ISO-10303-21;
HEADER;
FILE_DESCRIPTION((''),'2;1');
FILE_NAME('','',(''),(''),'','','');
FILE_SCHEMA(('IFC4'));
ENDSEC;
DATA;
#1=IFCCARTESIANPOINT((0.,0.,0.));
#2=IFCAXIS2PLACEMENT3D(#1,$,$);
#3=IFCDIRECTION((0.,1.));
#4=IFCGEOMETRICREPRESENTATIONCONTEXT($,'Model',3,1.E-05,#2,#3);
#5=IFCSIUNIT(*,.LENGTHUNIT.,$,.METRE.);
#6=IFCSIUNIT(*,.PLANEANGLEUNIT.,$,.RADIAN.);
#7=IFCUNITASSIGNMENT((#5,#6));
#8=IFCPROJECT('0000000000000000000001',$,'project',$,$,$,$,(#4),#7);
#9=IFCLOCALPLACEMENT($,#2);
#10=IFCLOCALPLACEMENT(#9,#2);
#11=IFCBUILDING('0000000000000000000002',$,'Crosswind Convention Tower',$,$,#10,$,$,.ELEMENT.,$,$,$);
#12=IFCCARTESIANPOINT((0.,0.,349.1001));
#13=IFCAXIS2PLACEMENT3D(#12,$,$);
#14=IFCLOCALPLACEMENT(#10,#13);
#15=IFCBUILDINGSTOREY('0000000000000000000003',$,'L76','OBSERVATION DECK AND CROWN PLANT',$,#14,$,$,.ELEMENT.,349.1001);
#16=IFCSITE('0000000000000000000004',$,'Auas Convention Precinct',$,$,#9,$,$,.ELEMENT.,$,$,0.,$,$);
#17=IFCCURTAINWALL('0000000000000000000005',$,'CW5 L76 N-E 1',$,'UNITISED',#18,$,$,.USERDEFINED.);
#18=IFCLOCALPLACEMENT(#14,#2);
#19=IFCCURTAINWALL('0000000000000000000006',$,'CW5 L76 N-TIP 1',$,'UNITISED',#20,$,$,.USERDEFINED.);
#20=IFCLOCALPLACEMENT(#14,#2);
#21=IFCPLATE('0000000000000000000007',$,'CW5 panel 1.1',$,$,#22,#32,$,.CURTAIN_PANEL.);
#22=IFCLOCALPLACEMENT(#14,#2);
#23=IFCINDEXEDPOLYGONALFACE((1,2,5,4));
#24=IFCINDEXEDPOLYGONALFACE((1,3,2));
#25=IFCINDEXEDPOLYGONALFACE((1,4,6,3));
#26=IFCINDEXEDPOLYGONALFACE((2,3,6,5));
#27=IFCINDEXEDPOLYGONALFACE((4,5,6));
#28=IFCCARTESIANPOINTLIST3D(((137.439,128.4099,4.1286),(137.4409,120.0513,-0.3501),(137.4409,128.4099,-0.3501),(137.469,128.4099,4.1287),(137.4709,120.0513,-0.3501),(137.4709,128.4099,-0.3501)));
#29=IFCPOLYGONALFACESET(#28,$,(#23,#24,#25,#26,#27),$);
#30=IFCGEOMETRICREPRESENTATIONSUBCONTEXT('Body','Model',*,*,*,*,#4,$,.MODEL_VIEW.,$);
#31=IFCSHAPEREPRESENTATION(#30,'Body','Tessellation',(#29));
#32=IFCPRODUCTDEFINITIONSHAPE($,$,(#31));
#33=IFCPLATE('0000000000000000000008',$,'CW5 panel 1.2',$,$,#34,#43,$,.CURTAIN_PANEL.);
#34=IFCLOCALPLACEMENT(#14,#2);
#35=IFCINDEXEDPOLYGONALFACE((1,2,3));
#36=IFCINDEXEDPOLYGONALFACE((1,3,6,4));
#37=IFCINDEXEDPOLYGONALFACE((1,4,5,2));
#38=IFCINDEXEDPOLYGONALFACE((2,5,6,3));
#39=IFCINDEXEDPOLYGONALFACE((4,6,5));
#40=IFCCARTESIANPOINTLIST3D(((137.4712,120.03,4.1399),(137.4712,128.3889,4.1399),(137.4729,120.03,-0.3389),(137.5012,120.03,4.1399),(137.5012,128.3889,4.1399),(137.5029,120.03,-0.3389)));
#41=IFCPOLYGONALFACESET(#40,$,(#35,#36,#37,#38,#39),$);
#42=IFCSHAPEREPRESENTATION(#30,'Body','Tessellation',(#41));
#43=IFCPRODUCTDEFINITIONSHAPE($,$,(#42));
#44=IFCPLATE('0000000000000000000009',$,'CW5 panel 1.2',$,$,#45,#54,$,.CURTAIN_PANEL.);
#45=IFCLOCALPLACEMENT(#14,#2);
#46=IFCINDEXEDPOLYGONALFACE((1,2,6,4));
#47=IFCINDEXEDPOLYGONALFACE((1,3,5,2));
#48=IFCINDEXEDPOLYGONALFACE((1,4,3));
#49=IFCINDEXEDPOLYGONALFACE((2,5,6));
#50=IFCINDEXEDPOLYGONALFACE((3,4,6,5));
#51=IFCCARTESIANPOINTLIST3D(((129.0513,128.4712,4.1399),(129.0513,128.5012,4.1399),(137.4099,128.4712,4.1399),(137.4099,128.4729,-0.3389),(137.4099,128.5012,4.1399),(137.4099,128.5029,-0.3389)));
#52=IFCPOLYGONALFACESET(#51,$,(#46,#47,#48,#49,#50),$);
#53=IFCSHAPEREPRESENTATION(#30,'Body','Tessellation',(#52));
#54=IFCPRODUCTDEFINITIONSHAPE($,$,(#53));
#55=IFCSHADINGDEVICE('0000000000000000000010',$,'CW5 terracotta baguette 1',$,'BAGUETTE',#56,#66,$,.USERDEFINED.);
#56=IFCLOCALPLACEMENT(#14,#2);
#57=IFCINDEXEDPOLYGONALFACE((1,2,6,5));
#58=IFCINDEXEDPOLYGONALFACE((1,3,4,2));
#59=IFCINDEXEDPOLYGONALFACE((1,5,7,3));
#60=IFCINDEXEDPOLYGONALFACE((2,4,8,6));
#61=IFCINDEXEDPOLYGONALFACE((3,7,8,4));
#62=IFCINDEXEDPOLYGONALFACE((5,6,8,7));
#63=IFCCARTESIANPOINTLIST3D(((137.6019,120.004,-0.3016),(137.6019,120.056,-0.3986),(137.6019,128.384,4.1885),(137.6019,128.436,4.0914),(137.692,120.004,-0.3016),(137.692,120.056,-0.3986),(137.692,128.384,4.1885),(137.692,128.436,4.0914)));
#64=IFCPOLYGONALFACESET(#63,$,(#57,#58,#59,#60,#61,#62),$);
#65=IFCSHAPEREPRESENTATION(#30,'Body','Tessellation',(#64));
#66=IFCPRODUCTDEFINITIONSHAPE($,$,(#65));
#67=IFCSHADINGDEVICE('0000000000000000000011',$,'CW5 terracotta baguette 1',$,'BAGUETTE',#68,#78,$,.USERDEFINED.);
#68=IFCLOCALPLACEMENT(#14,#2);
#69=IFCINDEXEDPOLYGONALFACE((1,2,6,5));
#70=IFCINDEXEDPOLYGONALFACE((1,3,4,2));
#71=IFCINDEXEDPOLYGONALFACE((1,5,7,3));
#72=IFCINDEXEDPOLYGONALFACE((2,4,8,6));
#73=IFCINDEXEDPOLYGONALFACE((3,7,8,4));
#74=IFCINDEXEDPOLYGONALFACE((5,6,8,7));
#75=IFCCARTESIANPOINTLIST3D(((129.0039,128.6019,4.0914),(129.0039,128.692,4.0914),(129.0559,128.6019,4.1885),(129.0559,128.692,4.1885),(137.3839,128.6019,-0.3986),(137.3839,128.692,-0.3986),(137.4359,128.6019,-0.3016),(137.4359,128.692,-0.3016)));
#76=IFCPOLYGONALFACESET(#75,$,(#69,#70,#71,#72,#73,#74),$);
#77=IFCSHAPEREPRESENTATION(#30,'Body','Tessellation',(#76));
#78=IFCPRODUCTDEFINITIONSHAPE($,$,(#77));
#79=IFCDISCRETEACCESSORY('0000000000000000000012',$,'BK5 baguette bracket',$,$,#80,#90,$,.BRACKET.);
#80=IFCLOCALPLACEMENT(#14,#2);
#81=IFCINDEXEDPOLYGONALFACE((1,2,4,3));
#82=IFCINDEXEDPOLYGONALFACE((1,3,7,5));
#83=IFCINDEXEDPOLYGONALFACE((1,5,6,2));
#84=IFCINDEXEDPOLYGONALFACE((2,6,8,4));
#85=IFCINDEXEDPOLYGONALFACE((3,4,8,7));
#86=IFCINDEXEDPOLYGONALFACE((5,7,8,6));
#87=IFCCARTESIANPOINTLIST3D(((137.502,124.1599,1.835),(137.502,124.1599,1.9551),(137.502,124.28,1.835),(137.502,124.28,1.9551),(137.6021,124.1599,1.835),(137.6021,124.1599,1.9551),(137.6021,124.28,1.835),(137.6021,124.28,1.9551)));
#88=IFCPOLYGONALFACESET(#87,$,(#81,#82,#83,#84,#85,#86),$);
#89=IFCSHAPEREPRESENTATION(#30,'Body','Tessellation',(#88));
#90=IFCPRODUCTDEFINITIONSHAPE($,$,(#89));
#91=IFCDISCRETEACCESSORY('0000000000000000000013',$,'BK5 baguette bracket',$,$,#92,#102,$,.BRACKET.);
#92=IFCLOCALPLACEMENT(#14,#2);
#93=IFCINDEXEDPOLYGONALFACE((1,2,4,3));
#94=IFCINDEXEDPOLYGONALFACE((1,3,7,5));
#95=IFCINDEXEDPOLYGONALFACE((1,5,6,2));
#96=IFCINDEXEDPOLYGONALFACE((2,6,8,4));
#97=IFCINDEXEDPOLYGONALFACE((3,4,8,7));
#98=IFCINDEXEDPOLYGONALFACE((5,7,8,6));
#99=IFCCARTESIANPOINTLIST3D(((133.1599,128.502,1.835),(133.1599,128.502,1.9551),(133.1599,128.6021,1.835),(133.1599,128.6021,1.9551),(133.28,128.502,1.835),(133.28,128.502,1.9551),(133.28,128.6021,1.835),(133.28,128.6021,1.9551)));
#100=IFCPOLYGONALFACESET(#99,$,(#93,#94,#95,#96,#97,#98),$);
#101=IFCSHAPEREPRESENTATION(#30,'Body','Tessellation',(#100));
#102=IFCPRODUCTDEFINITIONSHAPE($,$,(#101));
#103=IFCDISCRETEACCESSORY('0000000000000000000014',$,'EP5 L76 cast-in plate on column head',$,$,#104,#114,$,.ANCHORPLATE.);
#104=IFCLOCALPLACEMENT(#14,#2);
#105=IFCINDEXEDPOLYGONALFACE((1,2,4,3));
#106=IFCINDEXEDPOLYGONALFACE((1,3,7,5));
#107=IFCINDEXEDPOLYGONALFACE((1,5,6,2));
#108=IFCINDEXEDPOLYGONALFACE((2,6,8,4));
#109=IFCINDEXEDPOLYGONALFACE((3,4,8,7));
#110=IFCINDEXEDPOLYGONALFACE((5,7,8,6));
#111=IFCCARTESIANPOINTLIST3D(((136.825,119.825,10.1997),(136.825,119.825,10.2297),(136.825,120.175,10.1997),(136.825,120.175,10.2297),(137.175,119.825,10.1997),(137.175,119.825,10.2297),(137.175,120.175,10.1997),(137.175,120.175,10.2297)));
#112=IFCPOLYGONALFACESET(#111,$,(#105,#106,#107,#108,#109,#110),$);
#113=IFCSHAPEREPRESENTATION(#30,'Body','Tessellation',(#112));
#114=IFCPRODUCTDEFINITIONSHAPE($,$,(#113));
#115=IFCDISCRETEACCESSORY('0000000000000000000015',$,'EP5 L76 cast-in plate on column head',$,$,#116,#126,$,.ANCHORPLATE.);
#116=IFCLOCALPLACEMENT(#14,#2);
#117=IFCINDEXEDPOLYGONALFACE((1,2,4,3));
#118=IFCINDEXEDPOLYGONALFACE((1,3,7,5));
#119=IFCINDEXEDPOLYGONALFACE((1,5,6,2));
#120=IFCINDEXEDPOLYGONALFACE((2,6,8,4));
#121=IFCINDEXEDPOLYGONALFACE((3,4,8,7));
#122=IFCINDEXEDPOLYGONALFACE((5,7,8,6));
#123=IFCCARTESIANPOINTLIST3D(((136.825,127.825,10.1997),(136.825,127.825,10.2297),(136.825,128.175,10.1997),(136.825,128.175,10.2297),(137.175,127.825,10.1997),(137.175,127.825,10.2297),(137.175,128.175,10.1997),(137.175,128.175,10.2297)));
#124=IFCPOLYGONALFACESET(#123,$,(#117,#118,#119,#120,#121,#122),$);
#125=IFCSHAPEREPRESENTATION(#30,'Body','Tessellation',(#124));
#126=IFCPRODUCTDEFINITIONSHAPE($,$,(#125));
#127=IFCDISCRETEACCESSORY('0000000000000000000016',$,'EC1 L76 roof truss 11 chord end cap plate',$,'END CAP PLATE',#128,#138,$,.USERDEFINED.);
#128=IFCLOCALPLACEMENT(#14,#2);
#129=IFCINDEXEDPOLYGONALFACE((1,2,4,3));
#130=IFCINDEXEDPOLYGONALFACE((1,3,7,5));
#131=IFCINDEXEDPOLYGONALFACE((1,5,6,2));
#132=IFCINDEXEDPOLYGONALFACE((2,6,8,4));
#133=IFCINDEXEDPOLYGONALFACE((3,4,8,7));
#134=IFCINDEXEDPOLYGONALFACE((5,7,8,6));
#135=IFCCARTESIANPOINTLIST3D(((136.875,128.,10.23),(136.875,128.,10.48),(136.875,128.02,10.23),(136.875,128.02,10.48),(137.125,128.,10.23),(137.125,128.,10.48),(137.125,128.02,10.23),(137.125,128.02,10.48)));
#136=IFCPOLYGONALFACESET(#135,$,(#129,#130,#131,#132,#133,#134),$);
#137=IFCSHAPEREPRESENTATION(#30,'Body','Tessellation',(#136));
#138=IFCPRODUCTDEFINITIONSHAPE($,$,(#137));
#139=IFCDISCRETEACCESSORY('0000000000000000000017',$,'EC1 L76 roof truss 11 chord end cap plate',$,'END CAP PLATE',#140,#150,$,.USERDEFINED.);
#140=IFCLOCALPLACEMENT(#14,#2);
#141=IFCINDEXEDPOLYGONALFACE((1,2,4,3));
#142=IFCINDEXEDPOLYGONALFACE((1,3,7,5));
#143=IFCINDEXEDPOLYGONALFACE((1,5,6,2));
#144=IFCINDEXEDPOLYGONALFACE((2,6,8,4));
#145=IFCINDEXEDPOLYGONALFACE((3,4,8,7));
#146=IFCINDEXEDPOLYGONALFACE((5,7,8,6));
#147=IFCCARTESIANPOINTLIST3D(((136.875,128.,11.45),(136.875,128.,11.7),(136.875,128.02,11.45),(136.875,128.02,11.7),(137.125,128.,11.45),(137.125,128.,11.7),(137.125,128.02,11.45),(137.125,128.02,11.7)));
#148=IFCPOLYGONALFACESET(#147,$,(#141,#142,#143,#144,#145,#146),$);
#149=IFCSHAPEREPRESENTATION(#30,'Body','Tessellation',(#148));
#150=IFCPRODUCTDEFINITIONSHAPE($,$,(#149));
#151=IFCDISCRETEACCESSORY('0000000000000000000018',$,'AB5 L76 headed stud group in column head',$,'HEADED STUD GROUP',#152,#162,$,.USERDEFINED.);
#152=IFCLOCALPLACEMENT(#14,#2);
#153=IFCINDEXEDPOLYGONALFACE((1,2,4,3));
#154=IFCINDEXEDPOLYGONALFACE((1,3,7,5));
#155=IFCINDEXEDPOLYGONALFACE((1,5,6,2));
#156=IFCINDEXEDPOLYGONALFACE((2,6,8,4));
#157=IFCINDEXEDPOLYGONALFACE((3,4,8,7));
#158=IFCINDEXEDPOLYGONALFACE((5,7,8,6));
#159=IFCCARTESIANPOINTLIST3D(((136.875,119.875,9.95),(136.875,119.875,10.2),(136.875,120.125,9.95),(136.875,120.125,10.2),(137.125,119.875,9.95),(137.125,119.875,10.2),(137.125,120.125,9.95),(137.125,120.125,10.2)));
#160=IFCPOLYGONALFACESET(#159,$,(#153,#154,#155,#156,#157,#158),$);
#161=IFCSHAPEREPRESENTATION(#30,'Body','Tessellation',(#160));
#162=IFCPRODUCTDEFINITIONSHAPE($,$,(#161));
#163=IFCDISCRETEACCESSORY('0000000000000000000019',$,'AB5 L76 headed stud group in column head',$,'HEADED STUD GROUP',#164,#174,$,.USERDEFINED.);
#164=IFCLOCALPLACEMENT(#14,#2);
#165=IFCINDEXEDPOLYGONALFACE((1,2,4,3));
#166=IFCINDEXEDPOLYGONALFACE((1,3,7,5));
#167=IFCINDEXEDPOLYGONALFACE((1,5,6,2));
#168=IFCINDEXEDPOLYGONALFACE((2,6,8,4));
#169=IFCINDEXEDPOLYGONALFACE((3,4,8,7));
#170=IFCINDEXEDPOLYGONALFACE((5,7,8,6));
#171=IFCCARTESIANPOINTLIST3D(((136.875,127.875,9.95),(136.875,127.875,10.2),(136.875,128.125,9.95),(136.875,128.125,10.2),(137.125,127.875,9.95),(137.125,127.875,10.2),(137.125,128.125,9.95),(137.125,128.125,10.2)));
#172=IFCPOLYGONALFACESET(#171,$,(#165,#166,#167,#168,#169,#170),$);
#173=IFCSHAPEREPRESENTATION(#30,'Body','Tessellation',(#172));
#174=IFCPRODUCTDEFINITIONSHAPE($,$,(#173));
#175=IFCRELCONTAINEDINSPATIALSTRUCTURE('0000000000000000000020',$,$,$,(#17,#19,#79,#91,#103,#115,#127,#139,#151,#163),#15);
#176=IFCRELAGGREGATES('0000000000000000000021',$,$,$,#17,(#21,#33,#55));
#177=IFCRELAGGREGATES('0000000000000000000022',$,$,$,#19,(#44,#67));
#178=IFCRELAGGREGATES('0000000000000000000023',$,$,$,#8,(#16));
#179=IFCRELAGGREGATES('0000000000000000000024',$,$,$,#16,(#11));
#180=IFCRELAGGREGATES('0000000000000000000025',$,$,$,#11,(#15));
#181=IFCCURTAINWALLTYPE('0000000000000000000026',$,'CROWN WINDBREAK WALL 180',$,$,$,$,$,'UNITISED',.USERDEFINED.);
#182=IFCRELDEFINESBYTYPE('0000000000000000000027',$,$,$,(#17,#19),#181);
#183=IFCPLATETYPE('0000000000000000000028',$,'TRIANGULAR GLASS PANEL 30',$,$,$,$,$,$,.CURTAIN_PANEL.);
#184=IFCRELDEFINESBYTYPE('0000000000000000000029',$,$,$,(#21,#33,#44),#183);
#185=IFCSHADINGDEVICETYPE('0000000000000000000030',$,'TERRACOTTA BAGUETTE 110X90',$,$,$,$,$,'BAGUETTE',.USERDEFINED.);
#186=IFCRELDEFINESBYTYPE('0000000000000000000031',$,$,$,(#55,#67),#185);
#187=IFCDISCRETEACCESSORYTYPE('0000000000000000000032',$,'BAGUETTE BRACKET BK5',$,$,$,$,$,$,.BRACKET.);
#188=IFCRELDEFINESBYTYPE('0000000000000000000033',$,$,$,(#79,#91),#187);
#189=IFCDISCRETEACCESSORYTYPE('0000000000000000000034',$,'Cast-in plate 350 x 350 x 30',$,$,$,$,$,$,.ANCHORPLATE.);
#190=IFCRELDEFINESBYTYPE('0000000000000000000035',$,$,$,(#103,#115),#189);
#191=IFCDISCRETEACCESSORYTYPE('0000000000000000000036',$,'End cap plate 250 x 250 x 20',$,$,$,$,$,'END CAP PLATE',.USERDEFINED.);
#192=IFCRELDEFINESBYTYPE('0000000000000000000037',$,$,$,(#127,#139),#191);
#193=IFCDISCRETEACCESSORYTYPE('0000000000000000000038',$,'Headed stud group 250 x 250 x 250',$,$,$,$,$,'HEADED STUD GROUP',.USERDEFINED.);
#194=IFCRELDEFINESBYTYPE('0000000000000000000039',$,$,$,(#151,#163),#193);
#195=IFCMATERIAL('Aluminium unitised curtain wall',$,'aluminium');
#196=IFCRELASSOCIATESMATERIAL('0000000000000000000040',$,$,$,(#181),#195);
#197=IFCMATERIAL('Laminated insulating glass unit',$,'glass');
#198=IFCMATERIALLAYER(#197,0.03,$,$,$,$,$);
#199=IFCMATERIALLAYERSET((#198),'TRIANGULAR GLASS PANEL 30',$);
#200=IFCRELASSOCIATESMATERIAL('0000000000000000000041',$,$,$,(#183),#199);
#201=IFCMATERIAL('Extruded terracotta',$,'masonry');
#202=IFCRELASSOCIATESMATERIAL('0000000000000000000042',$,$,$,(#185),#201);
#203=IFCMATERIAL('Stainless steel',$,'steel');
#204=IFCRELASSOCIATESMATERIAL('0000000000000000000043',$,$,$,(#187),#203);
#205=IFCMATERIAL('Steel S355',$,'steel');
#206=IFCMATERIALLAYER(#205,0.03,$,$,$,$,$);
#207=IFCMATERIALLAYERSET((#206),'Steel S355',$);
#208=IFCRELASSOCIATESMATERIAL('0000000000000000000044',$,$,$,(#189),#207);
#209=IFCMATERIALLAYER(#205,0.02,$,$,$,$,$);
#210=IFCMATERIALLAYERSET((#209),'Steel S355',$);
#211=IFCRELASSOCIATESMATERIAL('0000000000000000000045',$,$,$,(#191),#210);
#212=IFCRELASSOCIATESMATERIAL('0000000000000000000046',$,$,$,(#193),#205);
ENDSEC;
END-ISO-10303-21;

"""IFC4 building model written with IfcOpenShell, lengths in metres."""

from ifc_helpers import new_model, si_unit, direction, frame, origin, origin_2d, place, context, subcontext, project, spatial, polyline, rectangle, outline, extrude, material, layer, layer_set, material_profile, profile_set, type_object, element, aggregate, save


model = new_model("IFC4")

# Units and contexts
model_context = context("Model", 3, precision=1e-05, world=origin(), true_north=direction((0.0, 1.0)))
body_context = subcontext(model_context, "Body", "Model", "MODEL_VIEW")
ifc_project = project(units=[si_unit("LENGTHUNIT", "METRE"), si_unit("PLANEANGLEUNIT", "RADIAN")], contexts=[model_context])

# Site, building, storey
site_placement = place(None, origin())
site = spatial("IfcSite", under=ifc_project, at=site_placement, Name="Auas Convention Precinct", CompositionType="ELEMENT", RefElevation=0.0)
building_placement = place(site_placement, origin())
building = spatial("IfcBuilding", under=site, at=building_placement, Name="Crosswind Convention Tower", CompositionType="ELEMENT")
storey_placement = place(building_placement, frame((0.0, 0.0, 349.1001)))
storey = spatial("IfcBuildingStorey", under=building, at=storey_placement, Name="L76", Description="OBSERVATION DECK AND CROWN PLANT", CompositionType="ELEMENT", Elevation=349.1001)

# Shared definitions
ifc_material_1 = material(Name="Steel S355", Category="steel")

# Curtain wall
ifc_material_2 = material(Name="Aluminium unitised curtain wall", Category="aluminium")
curtain_wall_type_1 = type_object("IfcCurtainWallType", Name="CROWN WINDBREAK WALL 180", ElementType="UNITISED", PredefinedType="USERDEFINED", material=ifc_material_2)
curtain_wall_1_placement = place(storey_placement, origin())
curtain_wall_1 = element("IfcCurtainWall", 1, at=curtain_wall_1_placement, inside=storey, type_object=curtain_wall_type_1, Name="CW5 L76 N-E 1", ObjectType="UNITISED", PredefinedType="USERDEFINED")

# Curtain wall
curtain_wall_2_placement = place(storey_placement, origin())
curtain_wall_2 = element("IfcCurtainWall", 2, at=curtain_wall_2_placement, inside=storey, type_object=curtain_wall_type_1, Name="CW5 L76 N-TIP 1", ObjectType="UNITISED", PredefinedType="USERDEFINED")

# Plates
ifc_material_3 = material(Name="Laminated insulating glass unit", Category="glass")
ifc_layer_1 = layer(ifc_material_3, 0.03)
ifc_layer_set_1 = layer_set([ifc_layer_1], Name="TRIANGULAR GLASS PANEL 30")
plate_type_1 = type_object("IfcPlateType", Name="TRIANGULAR GLASS PANEL 30", PredefinedType="CURTAIN_PANEL", material=ifc_layer_set_1)
plate_1_placement = place(storey_placement, frame((137.4709, 128.4099, -0.3501), z_axis=(1.0, 0.0, 0.000436), x_axis=(-0.000436, 0.0, 1.0)))
plate_1 = element("IfcPlate", 3, at=plate_1_placement, type_object=plate_type_1, Name="CW5 panel 1.1", PredefinedType="CURTAIN_PANEL", context=body_context, shape_type="SweptSolid", body=[
    extrude(outline(polyline([(0.0, 0.0), (4.4788, 0.0), (0.0, 8.3586), (0.0, 0.0)])), origin(), (0.0, 0.0, -1.0), 0.03),
])
plate_2_placement = place(storey_placement, frame((137.5012, 120.03, 4.1399), z_axis=(1.0, 0.0, 0.000382), x_axis=(0.000382, 0.0, -1.0)))
plate_2 = element("IfcPlate", 4, at=plate_2_placement, type_object=plate_type_1, Name="CW5 panel 1.2", PredefinedType="CURTAIN_PANEL", context=body_context, shape_type="SweptSolid", body=[
    extrude(outline(polyline([(0.0, 0.0), (4.4788, 0.0), (0.0, 8.3589), (0.0, 0.0)])), origin(), (0.0, 0.0, -1.0), 0.03),
])
plate_3_placement = place(storey_placement, frame((137.4099, 128.5012, 4.1399), z_axis=(0.0, 1.0, 0.000382), x_axis=(0.0, 0.000382, -1.0)))
plate_3 = element("IfcPlate", 5, at=plate_3_placement, type_object=plate_type_1, Name="CW5 panel 1.2", PredefinedType="CURTAIN_PANEL", context=body_context, shape_type="SweptSolid", body=[
    extrude(outline(polyline([(0.0, 0.0), (4.4788, 0.0), (0.0, 8.3586), (0.0, 0.0)])), origin(), (0.0, 0.0, -1.0), 0.03),
])

# Shading devices
ifc_material_4 = material(Name="Extruded terracotta", Category="masonry")
ifc_material_profile_1 = material_profile(ifc_material_4, rectangle(XDim=0.0901, YDim=0.1101, at=origin_2d()), Name="TC 90X110")
ifc_profile_set_1 = profile_set([ifc_material_profile_1], Name="Extruded terracotta")
shading_device_type = type_object("IfcShadingDeviceType", Name="TERRACOTTA BAGUETTE 110X90", ElementType="BAGUETTE", PredefinedType="USERDEFINED", material=ifc_profile_set_1)
shading_device_1_placement = place(storey_placement, frame((137.647, 120.03, -0.3501), z_axis=(0.0, 0.881446, 0.472284), x_axis=(-1.0, 0.0, 0.0)))
shading_device_1 = element("IfcShadingDevice", 6, at=shading_device_1_placement, type_object=shading_device_type, Name="CW5 terracotta baguette 1", ObjectType="BAGUETTE", PredefinedType="USERDEFINED", context=body_context, shape_type="SweptSolid", body=[
    extrude(rectangle(XDim=0.0901, YDim=0.1101, at=origin_2d()), origin(), (0.0, 0.0, 1.0), 9.5071),
])
aggregate(curtain_wall_1, [plate_1, plate_2, shading_device_1])
shading_device_2_placement = place(storey_placement, frame((137.4099, 128.647, -0.3501), z_axis=(-0.881446, 0.0, 0.472284), x_axis=(0.0, -1.0, 0.0)))
shading_device_2 = element("IfcShadingDevice", 7, at=shading_device_2_placement, type_object=shading_device_type, Name="CW5 terracotta baguette 1", ObjectType="BAGUETTE", PredefinedType="USERDEFINED", context=body_context, shape_type="SweptSolid", body=[
    extrude(rectangle(XDim=0.0901, YDim=0.1101, at=origin_2d()), origin(), (0.0, 0.0, 1.0), 9.5071),
])
aggregate(curtain_wall_2, [plate_3, shading_device_2])

# Discrete accessories
ifc_material_5 = material(Name="Stainless steel", Category="steel")
discrete_accessory_type_1 = type_object("IfcDiscreteAccessoryType", Name="BAGUETTE BRACKET BK5", PredefinedType="BRACKET", material=ifc_material_5)
for number, where, z_axis, x_axis, name in (
    (8, (137.552, 124.22, 1.835), (0.0, 0.0, 1.0), (0.0, 1.0, 0.0), "BK5 baguette bracket"),
    (9, (133.22, 128.552, 1.835), (0.0, 0.0, 1.0), (-1.0, 0.0, 0.0), "BK5 baguette bracket"),
):
    element("IfcDiscreteAccessory", number, at=place(storey_placement, frame(where, z_axis=z_axis, x_axis=x_axis)), inside=storey, type_object=discrete_accessory_type_1, Name=name, PredefinedType="BRACKET", context=body_context, shape_type="SweptSolid", body=[
        extrude(rectangle(XDim=0.1201, YDim=0.1001, at=origin_2d()), origin(), (0.0, 0.0, 1.0), 0.1201),
    ])
ifc_layer_2 = layer(ifc_material_1, 0.03)
ifc_layer_set_2 = layer_set([ifc_layer_2], Name="Steel S355")
discrete_accessory_type_2 = type_object("IfcDiscreteAccessoryType", Name="Cast-in plate 350 x 350 x 30", PredefinedType="ANCHORPLATE", material=ifc_layer_set_2)
for number, where, z_axis, x_axis, name in (
    (10, (137.0, 120.0, 10.1997), (0.0, 0.0, 1.0), (1.0, 0.0, 0.0), "EP5 L76 cast-in plate on column head"),
    (11, (137.0, 128.0, 10.1997), (0.0, 0.0, 1.0), (1.0, 0.0, 0.0), "EP5 L76 cast-in plate on column head"),
):
    element("IfcDiscreteAccessory", number, at=place(storey_placement, frame(where, z_axis=z_axis, x_axis=x_axis)), inside=storey, type_object=discrete_accessory_type_2, Name=name, PredefinedType="ANCHORPLATE", context=body_context, shape_type="SweptSolid", body=[
        extrude(rectangle(XDim=0.3501, YDim=0.3501, at=origin_2d()), origin(), (0.0, 0.0, 1.0), 0.03),
    ])
ifc_layer_3 = layer(ifc_material_1, 0.02)
ifc_layer_set_3 = layer_set([ifc_layer_3], Name="Steel S355")
discrete_accessory_type_3 = type_object("IfcDiscreteAccessoryType", Name="End cap plate 250 x 250 x 20", ElementType="END CAP PLATE", PredefinedType="USERDEFINED", material=ifc_layer_set_3)
for number, where, z_axis, x_axis, name in (
    (12, (137.0, 128.01, 10.23), (0.0, 0.0, 1.0), (1.0, 0.0, 0.0), "EC1 L76 roof truss 11 chord end cap plate"),
    (13, (137.0, 128.01, 11.45), (0.0, 0.0, 1.0), (1.0, 0.0, 0.0), "EC1 L76 roof truss 11 chord end cap plate"),
):
    element("IfcDiscreteAccessory", number, at=place(storey_placement, frame(where, z_axis=z_axis, x_axis=x_axis)), inside=storey, type_object=discrete_accessory_type_3, Name=name, ObjectType="END CAP PLATE", PredefinedType="USERDEFINED", context=body_context, shape_type="SweptSolid", body=[
        extrude(rectangle(XDim=0.25, YDim=0.02, at=origin_2d()), origin(), (0.0, 0.0, 1.0), 0.25),
    ])
discrete_accessory_type_4 = type_object("IfcDiscreteAccessoryType", Name="Headed stud group 250 x 250 x 250", ElementType="HEADED STUD GROUP", PredefinedType="USERDEFINED", material=ifc_material_1)
for number, where, z_axis, x_axis, name in (
    (14, (137.0, 120.0, 9.95), (0.0, 0.0, 1.0), (1.0, 0.0, 0.0), "AB5 L76 headed stud group in column head"),
    (15, (137.0, 128.0, 9.95), (0.0, 0.0, 1.0), (1.0, 0.0, 0.0), "AB5 L76 headed stud group in column head"),
):
    element("IfcDiscreteAccessory", number, at=place(storey_placement, frame(where, z_axis=z_axis, x_axis=x_axis)), inside=storey, type_object=discrete_accessory_type_4, Name=name, ObjectType="HEADED STUD GROUP", PredefinedType="USERDEFINED", context=body_context, shape_type="SweptSolid", body=[
        extrude(rectangle(XDim=0.25, YDim=0.25, at=origin_2d()), origin(), (0.0, 0.0, 1.0), 0.25),
    ])

save(model, "model.ifc")
